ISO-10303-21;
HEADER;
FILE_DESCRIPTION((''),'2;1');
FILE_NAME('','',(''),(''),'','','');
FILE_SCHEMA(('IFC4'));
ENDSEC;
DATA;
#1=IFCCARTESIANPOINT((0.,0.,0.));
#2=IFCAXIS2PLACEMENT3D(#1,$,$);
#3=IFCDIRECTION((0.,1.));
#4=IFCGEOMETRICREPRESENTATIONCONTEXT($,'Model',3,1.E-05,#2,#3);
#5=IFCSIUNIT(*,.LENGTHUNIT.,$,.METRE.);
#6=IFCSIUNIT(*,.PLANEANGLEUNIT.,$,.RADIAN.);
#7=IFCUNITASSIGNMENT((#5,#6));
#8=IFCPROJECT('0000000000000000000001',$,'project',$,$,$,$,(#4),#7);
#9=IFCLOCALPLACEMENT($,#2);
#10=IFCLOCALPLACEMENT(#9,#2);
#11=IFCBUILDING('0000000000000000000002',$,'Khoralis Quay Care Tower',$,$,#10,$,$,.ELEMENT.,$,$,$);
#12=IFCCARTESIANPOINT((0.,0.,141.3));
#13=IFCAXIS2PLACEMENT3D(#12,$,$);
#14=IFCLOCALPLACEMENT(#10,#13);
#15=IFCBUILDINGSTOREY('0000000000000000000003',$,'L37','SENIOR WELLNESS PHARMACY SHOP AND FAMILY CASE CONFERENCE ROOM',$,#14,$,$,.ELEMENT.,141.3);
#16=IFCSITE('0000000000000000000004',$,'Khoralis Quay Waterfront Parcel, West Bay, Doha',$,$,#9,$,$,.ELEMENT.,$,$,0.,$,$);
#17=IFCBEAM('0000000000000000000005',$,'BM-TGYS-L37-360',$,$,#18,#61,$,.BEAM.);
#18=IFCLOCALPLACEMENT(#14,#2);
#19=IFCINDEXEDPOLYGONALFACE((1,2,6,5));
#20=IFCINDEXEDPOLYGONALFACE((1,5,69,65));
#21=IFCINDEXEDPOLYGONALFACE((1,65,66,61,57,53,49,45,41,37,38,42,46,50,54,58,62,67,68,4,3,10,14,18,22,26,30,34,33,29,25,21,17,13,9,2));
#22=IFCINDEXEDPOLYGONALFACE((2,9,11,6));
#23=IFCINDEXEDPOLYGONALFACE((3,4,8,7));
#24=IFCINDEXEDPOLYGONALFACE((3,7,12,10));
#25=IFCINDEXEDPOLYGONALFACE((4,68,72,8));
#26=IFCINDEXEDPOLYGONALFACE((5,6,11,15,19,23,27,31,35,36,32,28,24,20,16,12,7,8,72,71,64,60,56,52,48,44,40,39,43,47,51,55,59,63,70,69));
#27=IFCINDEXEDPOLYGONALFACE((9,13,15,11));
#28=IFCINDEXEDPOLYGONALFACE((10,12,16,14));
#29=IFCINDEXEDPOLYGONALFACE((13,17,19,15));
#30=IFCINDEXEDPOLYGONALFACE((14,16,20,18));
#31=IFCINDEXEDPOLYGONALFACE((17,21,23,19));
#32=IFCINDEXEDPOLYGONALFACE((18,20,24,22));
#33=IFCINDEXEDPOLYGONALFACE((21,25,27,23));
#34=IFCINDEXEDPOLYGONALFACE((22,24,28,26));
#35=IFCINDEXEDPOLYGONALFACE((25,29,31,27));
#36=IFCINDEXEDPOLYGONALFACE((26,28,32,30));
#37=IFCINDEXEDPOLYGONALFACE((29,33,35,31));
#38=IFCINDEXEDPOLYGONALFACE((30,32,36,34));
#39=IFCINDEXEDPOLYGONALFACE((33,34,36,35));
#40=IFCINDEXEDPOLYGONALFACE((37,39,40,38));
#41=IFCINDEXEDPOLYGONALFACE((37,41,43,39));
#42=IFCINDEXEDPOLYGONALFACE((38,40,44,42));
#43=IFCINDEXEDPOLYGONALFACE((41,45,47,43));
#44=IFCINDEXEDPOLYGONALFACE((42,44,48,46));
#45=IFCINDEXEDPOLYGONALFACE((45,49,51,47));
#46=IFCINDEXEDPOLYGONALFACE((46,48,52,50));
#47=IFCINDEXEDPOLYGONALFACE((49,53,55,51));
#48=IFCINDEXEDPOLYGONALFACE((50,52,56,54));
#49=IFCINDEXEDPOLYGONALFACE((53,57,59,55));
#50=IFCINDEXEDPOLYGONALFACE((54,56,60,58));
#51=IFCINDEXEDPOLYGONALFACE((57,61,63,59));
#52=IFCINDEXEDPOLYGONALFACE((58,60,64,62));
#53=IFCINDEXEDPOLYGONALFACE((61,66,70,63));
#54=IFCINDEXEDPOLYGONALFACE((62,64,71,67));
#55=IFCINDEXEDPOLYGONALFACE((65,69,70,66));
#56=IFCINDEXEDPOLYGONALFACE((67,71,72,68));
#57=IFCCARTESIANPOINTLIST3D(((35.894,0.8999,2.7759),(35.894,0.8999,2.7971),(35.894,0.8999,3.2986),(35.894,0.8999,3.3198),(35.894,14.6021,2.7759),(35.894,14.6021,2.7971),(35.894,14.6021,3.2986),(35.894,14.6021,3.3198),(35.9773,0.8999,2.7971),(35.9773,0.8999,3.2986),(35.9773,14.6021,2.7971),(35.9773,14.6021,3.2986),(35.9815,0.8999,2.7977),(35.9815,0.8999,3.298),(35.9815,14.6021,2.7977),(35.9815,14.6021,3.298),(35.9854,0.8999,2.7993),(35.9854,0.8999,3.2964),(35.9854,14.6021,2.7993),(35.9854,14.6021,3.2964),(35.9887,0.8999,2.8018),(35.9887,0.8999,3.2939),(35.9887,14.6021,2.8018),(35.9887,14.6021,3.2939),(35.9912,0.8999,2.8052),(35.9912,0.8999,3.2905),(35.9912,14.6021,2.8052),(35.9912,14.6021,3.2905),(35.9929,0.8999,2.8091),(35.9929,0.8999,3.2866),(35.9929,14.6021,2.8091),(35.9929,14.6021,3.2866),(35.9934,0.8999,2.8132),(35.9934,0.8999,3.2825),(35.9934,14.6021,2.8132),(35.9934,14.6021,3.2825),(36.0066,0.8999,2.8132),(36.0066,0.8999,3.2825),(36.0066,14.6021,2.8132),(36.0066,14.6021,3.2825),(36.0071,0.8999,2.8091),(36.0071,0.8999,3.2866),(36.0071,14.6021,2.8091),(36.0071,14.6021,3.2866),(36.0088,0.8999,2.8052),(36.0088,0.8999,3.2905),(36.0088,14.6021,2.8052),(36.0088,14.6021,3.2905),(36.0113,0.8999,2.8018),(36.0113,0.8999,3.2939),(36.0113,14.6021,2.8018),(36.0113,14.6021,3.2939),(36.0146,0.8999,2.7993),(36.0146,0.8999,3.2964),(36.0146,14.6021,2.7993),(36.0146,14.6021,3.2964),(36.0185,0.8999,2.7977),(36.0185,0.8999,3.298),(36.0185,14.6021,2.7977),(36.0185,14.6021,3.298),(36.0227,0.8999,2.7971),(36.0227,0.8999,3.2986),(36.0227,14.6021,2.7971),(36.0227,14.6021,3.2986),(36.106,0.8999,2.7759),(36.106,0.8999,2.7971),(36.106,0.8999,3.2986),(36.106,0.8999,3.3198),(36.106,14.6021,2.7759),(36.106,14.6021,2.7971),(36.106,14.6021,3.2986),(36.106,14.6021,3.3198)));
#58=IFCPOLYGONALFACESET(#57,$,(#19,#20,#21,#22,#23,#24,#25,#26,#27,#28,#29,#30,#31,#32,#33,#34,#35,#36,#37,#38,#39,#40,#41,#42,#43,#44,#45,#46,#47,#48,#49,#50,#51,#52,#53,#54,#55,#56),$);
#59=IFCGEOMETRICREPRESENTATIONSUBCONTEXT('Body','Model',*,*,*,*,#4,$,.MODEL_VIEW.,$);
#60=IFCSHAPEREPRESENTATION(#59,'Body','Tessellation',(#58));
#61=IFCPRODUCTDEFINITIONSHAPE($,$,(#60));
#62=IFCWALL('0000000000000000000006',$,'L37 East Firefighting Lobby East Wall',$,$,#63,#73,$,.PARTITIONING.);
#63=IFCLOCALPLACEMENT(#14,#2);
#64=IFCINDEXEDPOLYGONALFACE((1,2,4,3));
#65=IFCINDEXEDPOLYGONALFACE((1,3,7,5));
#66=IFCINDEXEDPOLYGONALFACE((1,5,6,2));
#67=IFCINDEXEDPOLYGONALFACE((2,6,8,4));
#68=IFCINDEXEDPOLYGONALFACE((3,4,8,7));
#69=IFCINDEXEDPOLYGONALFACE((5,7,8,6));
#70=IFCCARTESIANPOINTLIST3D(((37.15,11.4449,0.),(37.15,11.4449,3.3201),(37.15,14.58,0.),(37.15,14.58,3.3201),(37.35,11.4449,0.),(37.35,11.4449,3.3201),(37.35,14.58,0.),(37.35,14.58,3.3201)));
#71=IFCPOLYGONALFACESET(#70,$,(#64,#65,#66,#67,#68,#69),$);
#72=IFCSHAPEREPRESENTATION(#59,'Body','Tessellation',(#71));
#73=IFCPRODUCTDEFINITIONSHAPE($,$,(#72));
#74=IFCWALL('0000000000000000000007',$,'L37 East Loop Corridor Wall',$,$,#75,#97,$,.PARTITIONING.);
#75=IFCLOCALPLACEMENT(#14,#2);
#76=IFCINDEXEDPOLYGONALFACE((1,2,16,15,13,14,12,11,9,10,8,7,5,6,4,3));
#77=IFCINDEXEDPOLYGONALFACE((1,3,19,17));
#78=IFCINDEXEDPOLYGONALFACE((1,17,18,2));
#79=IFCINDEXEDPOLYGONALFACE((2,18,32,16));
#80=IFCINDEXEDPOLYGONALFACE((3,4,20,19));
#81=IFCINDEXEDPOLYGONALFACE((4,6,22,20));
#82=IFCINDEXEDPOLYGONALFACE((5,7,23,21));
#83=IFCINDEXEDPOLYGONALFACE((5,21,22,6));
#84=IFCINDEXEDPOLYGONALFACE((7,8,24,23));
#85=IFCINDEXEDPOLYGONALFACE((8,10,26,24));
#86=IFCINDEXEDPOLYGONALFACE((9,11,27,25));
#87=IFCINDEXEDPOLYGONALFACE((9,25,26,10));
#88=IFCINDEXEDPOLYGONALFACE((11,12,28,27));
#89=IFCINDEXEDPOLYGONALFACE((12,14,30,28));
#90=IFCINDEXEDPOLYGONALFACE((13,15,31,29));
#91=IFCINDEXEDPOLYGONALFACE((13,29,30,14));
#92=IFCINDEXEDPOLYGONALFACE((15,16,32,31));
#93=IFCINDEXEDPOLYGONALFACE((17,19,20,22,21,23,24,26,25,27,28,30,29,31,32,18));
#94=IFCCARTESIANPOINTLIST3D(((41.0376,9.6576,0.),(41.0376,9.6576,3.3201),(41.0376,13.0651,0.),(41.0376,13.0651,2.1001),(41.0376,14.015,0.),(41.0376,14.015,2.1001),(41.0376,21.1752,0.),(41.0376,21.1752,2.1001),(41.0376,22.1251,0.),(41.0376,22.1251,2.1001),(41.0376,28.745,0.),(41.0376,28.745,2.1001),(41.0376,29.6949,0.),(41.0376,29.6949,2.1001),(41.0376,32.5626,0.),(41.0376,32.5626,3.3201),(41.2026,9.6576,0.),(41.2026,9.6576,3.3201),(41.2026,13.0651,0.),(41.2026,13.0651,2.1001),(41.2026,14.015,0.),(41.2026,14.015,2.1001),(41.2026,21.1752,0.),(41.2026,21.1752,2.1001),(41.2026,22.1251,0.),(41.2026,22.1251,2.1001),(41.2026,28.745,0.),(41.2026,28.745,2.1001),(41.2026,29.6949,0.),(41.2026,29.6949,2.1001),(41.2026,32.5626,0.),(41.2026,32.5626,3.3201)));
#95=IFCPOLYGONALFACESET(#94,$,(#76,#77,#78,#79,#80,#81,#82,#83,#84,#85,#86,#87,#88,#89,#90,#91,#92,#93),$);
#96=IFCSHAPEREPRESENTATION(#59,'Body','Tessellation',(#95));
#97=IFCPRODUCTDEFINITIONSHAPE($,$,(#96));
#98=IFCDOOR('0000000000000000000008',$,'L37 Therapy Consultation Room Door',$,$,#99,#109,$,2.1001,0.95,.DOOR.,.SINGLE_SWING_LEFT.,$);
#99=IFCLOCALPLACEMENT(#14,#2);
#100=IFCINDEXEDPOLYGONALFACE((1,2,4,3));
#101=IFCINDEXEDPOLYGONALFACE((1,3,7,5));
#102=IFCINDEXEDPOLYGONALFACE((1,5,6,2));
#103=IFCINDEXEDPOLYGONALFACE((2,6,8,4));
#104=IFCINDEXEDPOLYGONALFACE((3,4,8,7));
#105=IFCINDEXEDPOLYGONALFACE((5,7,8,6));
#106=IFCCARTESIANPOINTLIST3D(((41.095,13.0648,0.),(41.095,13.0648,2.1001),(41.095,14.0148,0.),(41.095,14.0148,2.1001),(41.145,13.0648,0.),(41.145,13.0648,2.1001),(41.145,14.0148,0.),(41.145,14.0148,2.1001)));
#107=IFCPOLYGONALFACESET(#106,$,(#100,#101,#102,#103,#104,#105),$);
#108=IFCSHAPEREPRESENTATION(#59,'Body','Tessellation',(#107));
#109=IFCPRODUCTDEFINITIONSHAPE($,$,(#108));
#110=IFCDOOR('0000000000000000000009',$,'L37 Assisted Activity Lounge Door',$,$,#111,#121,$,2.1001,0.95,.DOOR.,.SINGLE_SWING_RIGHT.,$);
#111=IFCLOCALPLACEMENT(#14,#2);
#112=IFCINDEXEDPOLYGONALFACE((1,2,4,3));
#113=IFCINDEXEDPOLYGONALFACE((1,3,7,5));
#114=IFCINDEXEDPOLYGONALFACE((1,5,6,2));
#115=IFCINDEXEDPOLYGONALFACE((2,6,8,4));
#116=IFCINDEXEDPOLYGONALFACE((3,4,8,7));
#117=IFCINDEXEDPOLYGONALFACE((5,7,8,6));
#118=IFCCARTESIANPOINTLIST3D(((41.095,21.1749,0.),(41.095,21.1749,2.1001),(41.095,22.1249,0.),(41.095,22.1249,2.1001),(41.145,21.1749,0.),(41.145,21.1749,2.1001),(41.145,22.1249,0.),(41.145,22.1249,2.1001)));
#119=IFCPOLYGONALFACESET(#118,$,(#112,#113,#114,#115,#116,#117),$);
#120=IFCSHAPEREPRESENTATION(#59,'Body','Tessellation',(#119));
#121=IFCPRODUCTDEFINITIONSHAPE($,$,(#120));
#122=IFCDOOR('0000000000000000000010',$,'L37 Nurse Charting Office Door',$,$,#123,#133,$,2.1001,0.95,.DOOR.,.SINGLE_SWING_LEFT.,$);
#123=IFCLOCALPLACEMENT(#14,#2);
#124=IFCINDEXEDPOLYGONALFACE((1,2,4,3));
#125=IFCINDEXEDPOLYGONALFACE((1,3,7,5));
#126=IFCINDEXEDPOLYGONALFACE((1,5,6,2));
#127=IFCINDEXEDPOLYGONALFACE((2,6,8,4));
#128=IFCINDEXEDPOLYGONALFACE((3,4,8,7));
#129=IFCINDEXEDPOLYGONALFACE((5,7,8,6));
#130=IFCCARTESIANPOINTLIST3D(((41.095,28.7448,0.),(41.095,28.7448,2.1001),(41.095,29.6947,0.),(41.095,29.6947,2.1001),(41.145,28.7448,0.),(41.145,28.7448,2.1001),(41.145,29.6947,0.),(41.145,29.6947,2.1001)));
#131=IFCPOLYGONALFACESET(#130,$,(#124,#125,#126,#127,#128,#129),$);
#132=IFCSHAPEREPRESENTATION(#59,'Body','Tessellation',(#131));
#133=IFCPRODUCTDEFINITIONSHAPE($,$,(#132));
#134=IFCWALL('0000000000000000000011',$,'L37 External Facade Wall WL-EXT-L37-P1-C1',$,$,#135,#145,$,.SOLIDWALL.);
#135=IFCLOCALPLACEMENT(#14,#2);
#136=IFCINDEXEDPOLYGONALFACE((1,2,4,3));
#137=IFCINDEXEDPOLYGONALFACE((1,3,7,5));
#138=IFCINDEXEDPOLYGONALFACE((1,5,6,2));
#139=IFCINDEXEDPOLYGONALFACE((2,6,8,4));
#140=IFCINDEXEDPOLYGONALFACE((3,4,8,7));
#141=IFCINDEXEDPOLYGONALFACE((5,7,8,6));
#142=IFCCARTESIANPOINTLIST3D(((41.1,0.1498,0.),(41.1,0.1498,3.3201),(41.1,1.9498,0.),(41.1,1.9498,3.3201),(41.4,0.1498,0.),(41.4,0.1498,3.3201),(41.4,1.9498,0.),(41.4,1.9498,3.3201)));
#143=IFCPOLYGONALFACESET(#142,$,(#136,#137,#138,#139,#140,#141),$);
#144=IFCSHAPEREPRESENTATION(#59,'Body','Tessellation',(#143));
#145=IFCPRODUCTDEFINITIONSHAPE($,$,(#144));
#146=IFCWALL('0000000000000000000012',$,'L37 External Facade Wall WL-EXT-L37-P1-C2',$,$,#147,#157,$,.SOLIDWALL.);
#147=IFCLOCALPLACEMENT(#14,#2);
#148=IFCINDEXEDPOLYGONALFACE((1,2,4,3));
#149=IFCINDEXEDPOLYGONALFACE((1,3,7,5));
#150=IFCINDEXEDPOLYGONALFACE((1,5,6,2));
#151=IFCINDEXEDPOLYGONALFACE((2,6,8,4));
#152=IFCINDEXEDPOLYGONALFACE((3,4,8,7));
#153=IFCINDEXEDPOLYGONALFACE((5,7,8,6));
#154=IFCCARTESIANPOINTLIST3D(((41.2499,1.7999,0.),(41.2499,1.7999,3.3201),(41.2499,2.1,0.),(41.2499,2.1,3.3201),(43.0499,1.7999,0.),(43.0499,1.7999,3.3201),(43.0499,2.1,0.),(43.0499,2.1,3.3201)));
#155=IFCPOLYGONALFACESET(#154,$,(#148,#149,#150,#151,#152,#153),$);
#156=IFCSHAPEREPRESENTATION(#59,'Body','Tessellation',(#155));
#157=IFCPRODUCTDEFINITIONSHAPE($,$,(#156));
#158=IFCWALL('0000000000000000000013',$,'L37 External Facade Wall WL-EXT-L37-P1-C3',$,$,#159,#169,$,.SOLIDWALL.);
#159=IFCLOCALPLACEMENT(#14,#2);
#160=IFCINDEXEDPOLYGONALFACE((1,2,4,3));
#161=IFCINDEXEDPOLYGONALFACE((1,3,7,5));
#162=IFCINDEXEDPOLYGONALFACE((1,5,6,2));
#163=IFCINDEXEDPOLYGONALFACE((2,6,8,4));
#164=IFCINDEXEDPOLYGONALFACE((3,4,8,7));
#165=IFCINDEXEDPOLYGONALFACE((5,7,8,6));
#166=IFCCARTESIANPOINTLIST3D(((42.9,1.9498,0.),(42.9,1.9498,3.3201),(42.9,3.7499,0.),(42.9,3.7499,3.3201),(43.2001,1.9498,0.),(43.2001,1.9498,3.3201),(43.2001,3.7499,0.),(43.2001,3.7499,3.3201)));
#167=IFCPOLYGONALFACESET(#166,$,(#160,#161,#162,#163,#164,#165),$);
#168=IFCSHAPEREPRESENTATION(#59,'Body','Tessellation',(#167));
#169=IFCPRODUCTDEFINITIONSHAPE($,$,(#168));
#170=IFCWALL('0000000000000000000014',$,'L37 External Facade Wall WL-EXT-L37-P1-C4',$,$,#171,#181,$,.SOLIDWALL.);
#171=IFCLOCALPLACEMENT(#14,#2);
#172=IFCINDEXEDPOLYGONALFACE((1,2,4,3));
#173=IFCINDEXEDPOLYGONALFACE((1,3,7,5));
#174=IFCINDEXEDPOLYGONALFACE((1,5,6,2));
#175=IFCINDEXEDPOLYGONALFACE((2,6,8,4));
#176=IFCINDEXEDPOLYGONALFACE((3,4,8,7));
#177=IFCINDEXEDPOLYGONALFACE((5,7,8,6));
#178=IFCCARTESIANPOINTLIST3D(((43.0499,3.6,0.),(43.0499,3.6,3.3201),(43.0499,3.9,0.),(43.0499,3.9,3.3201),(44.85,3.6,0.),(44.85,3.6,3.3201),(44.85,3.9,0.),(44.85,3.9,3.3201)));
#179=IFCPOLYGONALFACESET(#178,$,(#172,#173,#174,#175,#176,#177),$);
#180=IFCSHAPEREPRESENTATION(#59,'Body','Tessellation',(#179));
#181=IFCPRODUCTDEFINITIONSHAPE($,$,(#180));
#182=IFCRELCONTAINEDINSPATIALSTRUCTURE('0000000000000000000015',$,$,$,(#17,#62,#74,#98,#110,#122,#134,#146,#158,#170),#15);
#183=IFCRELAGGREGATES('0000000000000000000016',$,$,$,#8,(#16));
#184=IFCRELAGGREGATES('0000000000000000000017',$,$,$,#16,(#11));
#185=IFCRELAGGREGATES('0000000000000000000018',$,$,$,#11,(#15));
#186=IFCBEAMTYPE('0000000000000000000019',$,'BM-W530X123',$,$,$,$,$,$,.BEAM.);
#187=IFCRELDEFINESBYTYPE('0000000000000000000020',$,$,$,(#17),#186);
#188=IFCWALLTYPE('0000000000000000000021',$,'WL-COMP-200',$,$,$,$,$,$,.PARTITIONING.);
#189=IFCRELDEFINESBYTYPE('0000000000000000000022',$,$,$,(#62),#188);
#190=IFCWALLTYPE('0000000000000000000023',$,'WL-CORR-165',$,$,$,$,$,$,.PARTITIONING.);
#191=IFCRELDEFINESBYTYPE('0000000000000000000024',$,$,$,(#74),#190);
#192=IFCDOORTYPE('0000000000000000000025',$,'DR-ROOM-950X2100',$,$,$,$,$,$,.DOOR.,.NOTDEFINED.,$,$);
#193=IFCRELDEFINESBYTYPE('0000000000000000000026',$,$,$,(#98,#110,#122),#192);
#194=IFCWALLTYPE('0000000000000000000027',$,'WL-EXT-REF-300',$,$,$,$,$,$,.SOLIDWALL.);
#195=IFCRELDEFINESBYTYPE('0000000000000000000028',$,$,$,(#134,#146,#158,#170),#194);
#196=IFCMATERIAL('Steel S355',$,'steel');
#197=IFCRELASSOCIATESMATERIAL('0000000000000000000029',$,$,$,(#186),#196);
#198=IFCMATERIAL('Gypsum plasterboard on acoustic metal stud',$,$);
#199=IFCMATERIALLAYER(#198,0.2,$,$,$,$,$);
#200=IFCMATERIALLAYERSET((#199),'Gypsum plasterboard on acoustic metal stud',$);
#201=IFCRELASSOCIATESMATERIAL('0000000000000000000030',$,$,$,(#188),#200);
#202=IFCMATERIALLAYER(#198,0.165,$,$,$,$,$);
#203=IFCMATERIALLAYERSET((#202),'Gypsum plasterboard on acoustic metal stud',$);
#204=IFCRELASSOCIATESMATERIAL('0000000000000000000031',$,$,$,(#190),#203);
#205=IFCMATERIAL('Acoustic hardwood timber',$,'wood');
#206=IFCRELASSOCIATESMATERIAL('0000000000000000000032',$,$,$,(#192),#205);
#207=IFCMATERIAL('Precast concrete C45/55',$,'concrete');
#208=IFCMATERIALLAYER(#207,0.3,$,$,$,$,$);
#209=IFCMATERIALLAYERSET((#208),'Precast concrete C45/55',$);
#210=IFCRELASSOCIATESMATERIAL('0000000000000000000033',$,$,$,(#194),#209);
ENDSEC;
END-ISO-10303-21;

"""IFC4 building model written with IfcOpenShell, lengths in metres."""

from ifc_helpers import new_model, si_unit, direction, frame, frame_2d, origin, origin_2d, place, context, subcontext, project, spatial, rectangle, i_section, extrude, source, transform, mapped, material, layer, layer_set, material_profile, profile_set, type_object, element, fill, save


model = new_model("IFC4")

# Units and contexts
model_context = context("Model", 3, precision=1e-05, world=origin(), true_north=direction((0.0, 1.0)))
body_context = subcontext(model_context, "Body", "Model", "MODEL_VIEW")
ifc_project = project(units=[si_unit("LENGTHUNIT", "METRE"), si_unit("PLANEANGLEUNIT", "RADIAN")], contexts=[model_context])

# Site, building, storey
site_placement = place(None, origin())
site = spatial("IfcSite", under=ifc_project, at=site_placement, Name="Khoralis Quay Waterfront Parcel, West Bay, Doha", CompositionType="ELEMENT", RefElevation=0.0)
building_placement = place(site_placement, origin())
building = spatial("IfcBuilding", under=site, at=building_placement, Name="Khoralis Quay Care Tower", CompositionType="ELEMENT")
storey_placement = place(building_placement, frame((0.0, 0.0, 141.3)))
storey = spatial("IfcBuildingStorey", under=building, at=storey_placement, Name="L37", Description="SENIOR WELLNESS PHARMACY SHOP AND FAMILY CASE CONFERENCE ROOM", CompositionType="ELEMENT", Elevation=141.3)

# Beam
ifc_material_1 = material(Name="Steel S355", Category="steel")
ifc_material_profile_1 = material_profile(ifc_material_1, i_section(OverallWidth=0.2119, OverallDepth=0.5439, WebThickness=0.0132, FlangeThickness=0.0212, FilletRadius=0.0161, at=origin_2d()), Name="Steel S355")
ifc_profile_set_1 = profile_set([ifc_material_profile_1], Name="Steel S355")
beam_type_1 = type_object("IfcBeamType", Name="BM-W530X123", PredefinedType="BEAM", material=ifc_profile_set_1)
shared_shape_1 = source(origin(), body_context, "Body", "SweptSolid", [
    extrude(i_section(OverallWidth=0.2119, OverallDepth=0.5439, WebThickness=0.0132, FlangeThickness=0.0212, FilletRadius=0.0161, at=origin_2d()), origin(), (0.0, 0.0, 1.0), 13.7021),
])
beam_1_placement = place(storey_placement, frame((36.0, 0.8999, 3.0479), z_axis=(0.0, 1.0, 0.0), x_axis=(-1.0, 0.0, 0.0)))
element("IfcBeam", 1, at=beam_1_placement, inside=storey, type_object=beam_type_1, Name="BM-TGYS-L37-360", PredefinedType="BEAM", context=body_context, shape_type="MappedRepresentation", body=[
    mapped(shared_shape_1, transform((0.0, 0.0, 0.0), scale=1.0)),
])

# Wall
ifc_material_2 = material(Name="Gypsum plasterboard on acoustic metal stud")
ifc_layer_1 = layer(ifc_material_2, 0.2)
ifc_layer_set_1 = layer_set([ifc_layer_1], Name="Gypsum plasterboard on acoustic metal stud")
wall_type_1 = type_object("IfcWallType", Name="WL-COMP-200", PredefinedType="PARTITIONING", material=ifc_layer_set_1)
wall_1_placement = place(storey_placement, frame((37.25, 11.4451, 0.0), z_axis=(0.0, 0.0, 1.0), x_axis=(0.0, 1.0, 0.0)))
element("IfcWall", 2, at=wall_1_placement, inside=storey, type_object=wall_type_1, Name="L37 East Firefighting Lobby East Wall", PredefinedType="PARTITIONING", context=body_context, shape_type="SweptSolid", body=[
    extrude(rectangle(XDim=3.135, YDim=0.2, at=frame_2d((1.5674, 0.0))), origin(), (0.0, 0.0, 1.0), 3.3201),
])

# Wall, openings, doors
ifc_layer_2 = layer(ifc_material_2, 0.165)
ifc_layer_set_2 = layer_set([ifc_layer_2], Name="Gypsum plasterboard on acoustic metal stud")
wall_type_2 = type_object("IfcWallType", Name="WL-CORR-165", PredefinedType="PARTITIONING", material=ifc_layer_set_2)
wall_2_placement = place(storey_placement, frame((41.1201, 9.6575, 0.0), z_axis=(0.0, 0.0, 1.0), x_axis=(0.0, 1.0, 0.0)))
wall_2 = element("IfcWall", 3, at=wall_2_placement, inside=storey, type_object=wall_type_2, Name="L37 East Loop Corridor Wall", PredefinedType="PARTITIONING", context=body_context, shape_type="SweptSolid", body=[
    extrude(rectangle(XDim=22.905, YDim=0.165, at=frame_2d((11.4526, 0.0))), origin(), (0.0, 0.0, 1.0), 3.3201),
])
opening_1_placement = place(wall_2_placement, frame((3.4075, 0.0, 0.0)))
opening_1 = element("IfcOpeningElement", 4, at=opening_1_placement, cuts=wall_2, PredefinedType="OPENING", context=body_context, shape_type="SweptSolid", body=[
    extrude(rectangle(XDim=0.95, YDim=2.1001, at=frame_2d((0.4751, 1.05))), frame((0.0, 0.0925, 0.0), z_axis=(0.0, -1.0, 0.0), x_axis=(1.0, 0.0, 0.0)), (0.0, 0.0, 1.0), 0.1851),
])
opening_2_placement = place(wall_2_placement, frame((11.5176, 0.0, 0.0)))
opening_2 = element("IfcOpeningElement", 5, at=opening_2_placement, cuts=wall_2, PredefinedType="OPENING", context=body_context, shape_type="SweptSolid", body=[
    extrude(rectangle(XDim=0.95, YDim=2.1001, at=frame_2d((0.4751, 1.05))), frame((0.0, 0.0925, 0.0), z_axis=(0.0, -1.0, 0.0), x_axis=(1.0, 0.0, 0.0)), (0.0, 0.0, 1.0), 0.1851),
])
opening_3_placement = place(wall_2_placement, frame((19.0874, 0.0, 0.0)))
opening_3 = element("IfcOpeningElement", 6, at=opening_3_placement, cuts=wall_2, PredefinedType="OPENING", context=body_context, shape_type="SweptSolid", body=[
    extrude(rectangle(XDim=0.95, YDim=2.1001, at=frame_2d((0.4751, 1.05))), frame((0.0, 0.0925, 0.0), z_axis=(0.0, -1.0, 0.0), x_axis=(1.0, 0.0, 0.0)), (0.0, 0.0, 1.0), 0.1851),
])
ifc_material_3 = material(Name="Acoustic hardwood timber", Category="wood")
door_type = type_object("IfcDoorType", Name="DR-ROOM-950X2100", OperationType="NOTDEFINED", PredefinedType="DOOR", material=ifc_material_3)
shared_shape_2 = source(origin(), body_context, "Body", "SweptSolid", [
    extrude(rectangle(XDim=0.95, YDim=2.1001, at=frame_2d((0.4751, 1.05))), frame((0.0, 0.0249, 0.0), z_axis=(0.0, -1.0, 0.0), x_axis=(1.0, 0.0, 0.0)), (0.0, 0.0, 1.0), 0.05),
])
door_1_placement = place(opening_1_placement, frame((0.95, 0.0, 0.0), z_axis=(0.0, 0.0, 1.0), x_axis=(-1.0, 0.0, 0.0)))
door_1 = element("IfcDoor", 7, at=door_1_placement, inside=storey, type_object=door_type, Name="L37 Therapy Consultation Room Door", OperationType="SINGLE_SWING_LEFT", OverallHeight=2.1001, OverallWidth=0.95, PredefinedType="DOOR", context=body_context, shape_type="MappedRepresentation", body=[
    mapped(shared_shape_2, transform((0.0, 0.0, 0.0), scale=1.0)),
])
fill(opening_1, door_1)
door_2_placement = place(opening_2_placement, frame((0.95, 0.0, 0.0), z_axis=(0.0, 0.0, 1.0), x_axis=(-1.0, 0.0, 0.0)))
door_2 = element("IfcDoor", 8, at=door_2_placement, inside=storey, type_object=door_type, Name="L37 Assisted Activity Lounge Door", OperationType="SINGLE_SWING_RIGHT", OverallHeight=2.1001, OverallWidth=0.95, PredefinedType="DOOR", context=body_context, shape_type="MappedRepresentation", body=[
    mapped(shared_shape_2, transform((0.0, 0.0, 0.0), scale=1.0)),
])
fill(opening_2, door_2)
door_3_placement = place(opening_3_placement, frame((0.95, 0.0, 0.0), z_axis=(0.0, 0.0, 1.0), x_axis=(-1.0, 0.0, 0.0)))
door_3 = element("IfcDoor", 9, at=door_3_placement, inside=storey, type_object=door_type, Name="L37 Nurse Charting Office Door", OperationType="SINGLE_SWING_LEFT", OverallHeight=2.1001, OverallWidth=0.95, PredefinedType="DOOR", context=body_context, shape_type="MappedRepresentation", body=[
    mapped(shared_shape_2, transform((0.0, 0.0, 0.0), scale=1.0)),
])
fill(opening_3, door_3)

# Walls
ifc_material_4 = material(Name="Precast concrete C45/55", Category="concrete")
ifc_layer_3 = layer(ifc_material_4, 0.3)
ifc_layer_set_3 = layer_set([ifc_layer_3], Name="Precast concrete C45/55")
wall_type_3 = type_object("IfcWallType", Name="WL-EXT-REF-300", PredefinedType="SOLIDWALL", material=ifc_layer_set_3)
for number, where, z_axis, x_axis, name in (
    (10, (41.25, 0.1499, 0.0), (0.0, 0.0, 1.0), (0.0, 1.0, 0.0), "L37 External Facade Wall WL-EXT-L37-P1-C1"),
    (11, (41.25, 1.95, 0.0), (0.0, 0.0, 1.0), (1.0, 0.0, 0.0), "L37 External Facade Wall WL-EXT-L37-P1-C2"),
    (12, (43.05, 1.95, 0.0), (0.0, 0.0, 1.0), (0.0, 1.0, 0.0), "L37 External Facade Wall WL-EXT-L37-P1-C3"),
    (13, (43.05, 3.75, 0.0), (0.0, 0.0, 1.0), (1.0, 0.0, 0.0), "L37 External Facade Wall WL-EXT-L37-P1-C4"),
):
    element("IfcWall", number, at=place(storey_placement, frame(where, z_axis=z_axis, x_axis=x_axis)), inside=storey, type_object=wall_type_3, Name=name, PredefinedType="SOLIDWALL", context=body_context, shape_type="SweptSolid", body=[
        extrude(rectangle(XDim=1.8, YDim=0.3, at=frame_2d((0.8999, 0.0))), origin(), (0.0, 0.0, 1.0), 3.3201),
    ])

save(model, "model.ifc")
